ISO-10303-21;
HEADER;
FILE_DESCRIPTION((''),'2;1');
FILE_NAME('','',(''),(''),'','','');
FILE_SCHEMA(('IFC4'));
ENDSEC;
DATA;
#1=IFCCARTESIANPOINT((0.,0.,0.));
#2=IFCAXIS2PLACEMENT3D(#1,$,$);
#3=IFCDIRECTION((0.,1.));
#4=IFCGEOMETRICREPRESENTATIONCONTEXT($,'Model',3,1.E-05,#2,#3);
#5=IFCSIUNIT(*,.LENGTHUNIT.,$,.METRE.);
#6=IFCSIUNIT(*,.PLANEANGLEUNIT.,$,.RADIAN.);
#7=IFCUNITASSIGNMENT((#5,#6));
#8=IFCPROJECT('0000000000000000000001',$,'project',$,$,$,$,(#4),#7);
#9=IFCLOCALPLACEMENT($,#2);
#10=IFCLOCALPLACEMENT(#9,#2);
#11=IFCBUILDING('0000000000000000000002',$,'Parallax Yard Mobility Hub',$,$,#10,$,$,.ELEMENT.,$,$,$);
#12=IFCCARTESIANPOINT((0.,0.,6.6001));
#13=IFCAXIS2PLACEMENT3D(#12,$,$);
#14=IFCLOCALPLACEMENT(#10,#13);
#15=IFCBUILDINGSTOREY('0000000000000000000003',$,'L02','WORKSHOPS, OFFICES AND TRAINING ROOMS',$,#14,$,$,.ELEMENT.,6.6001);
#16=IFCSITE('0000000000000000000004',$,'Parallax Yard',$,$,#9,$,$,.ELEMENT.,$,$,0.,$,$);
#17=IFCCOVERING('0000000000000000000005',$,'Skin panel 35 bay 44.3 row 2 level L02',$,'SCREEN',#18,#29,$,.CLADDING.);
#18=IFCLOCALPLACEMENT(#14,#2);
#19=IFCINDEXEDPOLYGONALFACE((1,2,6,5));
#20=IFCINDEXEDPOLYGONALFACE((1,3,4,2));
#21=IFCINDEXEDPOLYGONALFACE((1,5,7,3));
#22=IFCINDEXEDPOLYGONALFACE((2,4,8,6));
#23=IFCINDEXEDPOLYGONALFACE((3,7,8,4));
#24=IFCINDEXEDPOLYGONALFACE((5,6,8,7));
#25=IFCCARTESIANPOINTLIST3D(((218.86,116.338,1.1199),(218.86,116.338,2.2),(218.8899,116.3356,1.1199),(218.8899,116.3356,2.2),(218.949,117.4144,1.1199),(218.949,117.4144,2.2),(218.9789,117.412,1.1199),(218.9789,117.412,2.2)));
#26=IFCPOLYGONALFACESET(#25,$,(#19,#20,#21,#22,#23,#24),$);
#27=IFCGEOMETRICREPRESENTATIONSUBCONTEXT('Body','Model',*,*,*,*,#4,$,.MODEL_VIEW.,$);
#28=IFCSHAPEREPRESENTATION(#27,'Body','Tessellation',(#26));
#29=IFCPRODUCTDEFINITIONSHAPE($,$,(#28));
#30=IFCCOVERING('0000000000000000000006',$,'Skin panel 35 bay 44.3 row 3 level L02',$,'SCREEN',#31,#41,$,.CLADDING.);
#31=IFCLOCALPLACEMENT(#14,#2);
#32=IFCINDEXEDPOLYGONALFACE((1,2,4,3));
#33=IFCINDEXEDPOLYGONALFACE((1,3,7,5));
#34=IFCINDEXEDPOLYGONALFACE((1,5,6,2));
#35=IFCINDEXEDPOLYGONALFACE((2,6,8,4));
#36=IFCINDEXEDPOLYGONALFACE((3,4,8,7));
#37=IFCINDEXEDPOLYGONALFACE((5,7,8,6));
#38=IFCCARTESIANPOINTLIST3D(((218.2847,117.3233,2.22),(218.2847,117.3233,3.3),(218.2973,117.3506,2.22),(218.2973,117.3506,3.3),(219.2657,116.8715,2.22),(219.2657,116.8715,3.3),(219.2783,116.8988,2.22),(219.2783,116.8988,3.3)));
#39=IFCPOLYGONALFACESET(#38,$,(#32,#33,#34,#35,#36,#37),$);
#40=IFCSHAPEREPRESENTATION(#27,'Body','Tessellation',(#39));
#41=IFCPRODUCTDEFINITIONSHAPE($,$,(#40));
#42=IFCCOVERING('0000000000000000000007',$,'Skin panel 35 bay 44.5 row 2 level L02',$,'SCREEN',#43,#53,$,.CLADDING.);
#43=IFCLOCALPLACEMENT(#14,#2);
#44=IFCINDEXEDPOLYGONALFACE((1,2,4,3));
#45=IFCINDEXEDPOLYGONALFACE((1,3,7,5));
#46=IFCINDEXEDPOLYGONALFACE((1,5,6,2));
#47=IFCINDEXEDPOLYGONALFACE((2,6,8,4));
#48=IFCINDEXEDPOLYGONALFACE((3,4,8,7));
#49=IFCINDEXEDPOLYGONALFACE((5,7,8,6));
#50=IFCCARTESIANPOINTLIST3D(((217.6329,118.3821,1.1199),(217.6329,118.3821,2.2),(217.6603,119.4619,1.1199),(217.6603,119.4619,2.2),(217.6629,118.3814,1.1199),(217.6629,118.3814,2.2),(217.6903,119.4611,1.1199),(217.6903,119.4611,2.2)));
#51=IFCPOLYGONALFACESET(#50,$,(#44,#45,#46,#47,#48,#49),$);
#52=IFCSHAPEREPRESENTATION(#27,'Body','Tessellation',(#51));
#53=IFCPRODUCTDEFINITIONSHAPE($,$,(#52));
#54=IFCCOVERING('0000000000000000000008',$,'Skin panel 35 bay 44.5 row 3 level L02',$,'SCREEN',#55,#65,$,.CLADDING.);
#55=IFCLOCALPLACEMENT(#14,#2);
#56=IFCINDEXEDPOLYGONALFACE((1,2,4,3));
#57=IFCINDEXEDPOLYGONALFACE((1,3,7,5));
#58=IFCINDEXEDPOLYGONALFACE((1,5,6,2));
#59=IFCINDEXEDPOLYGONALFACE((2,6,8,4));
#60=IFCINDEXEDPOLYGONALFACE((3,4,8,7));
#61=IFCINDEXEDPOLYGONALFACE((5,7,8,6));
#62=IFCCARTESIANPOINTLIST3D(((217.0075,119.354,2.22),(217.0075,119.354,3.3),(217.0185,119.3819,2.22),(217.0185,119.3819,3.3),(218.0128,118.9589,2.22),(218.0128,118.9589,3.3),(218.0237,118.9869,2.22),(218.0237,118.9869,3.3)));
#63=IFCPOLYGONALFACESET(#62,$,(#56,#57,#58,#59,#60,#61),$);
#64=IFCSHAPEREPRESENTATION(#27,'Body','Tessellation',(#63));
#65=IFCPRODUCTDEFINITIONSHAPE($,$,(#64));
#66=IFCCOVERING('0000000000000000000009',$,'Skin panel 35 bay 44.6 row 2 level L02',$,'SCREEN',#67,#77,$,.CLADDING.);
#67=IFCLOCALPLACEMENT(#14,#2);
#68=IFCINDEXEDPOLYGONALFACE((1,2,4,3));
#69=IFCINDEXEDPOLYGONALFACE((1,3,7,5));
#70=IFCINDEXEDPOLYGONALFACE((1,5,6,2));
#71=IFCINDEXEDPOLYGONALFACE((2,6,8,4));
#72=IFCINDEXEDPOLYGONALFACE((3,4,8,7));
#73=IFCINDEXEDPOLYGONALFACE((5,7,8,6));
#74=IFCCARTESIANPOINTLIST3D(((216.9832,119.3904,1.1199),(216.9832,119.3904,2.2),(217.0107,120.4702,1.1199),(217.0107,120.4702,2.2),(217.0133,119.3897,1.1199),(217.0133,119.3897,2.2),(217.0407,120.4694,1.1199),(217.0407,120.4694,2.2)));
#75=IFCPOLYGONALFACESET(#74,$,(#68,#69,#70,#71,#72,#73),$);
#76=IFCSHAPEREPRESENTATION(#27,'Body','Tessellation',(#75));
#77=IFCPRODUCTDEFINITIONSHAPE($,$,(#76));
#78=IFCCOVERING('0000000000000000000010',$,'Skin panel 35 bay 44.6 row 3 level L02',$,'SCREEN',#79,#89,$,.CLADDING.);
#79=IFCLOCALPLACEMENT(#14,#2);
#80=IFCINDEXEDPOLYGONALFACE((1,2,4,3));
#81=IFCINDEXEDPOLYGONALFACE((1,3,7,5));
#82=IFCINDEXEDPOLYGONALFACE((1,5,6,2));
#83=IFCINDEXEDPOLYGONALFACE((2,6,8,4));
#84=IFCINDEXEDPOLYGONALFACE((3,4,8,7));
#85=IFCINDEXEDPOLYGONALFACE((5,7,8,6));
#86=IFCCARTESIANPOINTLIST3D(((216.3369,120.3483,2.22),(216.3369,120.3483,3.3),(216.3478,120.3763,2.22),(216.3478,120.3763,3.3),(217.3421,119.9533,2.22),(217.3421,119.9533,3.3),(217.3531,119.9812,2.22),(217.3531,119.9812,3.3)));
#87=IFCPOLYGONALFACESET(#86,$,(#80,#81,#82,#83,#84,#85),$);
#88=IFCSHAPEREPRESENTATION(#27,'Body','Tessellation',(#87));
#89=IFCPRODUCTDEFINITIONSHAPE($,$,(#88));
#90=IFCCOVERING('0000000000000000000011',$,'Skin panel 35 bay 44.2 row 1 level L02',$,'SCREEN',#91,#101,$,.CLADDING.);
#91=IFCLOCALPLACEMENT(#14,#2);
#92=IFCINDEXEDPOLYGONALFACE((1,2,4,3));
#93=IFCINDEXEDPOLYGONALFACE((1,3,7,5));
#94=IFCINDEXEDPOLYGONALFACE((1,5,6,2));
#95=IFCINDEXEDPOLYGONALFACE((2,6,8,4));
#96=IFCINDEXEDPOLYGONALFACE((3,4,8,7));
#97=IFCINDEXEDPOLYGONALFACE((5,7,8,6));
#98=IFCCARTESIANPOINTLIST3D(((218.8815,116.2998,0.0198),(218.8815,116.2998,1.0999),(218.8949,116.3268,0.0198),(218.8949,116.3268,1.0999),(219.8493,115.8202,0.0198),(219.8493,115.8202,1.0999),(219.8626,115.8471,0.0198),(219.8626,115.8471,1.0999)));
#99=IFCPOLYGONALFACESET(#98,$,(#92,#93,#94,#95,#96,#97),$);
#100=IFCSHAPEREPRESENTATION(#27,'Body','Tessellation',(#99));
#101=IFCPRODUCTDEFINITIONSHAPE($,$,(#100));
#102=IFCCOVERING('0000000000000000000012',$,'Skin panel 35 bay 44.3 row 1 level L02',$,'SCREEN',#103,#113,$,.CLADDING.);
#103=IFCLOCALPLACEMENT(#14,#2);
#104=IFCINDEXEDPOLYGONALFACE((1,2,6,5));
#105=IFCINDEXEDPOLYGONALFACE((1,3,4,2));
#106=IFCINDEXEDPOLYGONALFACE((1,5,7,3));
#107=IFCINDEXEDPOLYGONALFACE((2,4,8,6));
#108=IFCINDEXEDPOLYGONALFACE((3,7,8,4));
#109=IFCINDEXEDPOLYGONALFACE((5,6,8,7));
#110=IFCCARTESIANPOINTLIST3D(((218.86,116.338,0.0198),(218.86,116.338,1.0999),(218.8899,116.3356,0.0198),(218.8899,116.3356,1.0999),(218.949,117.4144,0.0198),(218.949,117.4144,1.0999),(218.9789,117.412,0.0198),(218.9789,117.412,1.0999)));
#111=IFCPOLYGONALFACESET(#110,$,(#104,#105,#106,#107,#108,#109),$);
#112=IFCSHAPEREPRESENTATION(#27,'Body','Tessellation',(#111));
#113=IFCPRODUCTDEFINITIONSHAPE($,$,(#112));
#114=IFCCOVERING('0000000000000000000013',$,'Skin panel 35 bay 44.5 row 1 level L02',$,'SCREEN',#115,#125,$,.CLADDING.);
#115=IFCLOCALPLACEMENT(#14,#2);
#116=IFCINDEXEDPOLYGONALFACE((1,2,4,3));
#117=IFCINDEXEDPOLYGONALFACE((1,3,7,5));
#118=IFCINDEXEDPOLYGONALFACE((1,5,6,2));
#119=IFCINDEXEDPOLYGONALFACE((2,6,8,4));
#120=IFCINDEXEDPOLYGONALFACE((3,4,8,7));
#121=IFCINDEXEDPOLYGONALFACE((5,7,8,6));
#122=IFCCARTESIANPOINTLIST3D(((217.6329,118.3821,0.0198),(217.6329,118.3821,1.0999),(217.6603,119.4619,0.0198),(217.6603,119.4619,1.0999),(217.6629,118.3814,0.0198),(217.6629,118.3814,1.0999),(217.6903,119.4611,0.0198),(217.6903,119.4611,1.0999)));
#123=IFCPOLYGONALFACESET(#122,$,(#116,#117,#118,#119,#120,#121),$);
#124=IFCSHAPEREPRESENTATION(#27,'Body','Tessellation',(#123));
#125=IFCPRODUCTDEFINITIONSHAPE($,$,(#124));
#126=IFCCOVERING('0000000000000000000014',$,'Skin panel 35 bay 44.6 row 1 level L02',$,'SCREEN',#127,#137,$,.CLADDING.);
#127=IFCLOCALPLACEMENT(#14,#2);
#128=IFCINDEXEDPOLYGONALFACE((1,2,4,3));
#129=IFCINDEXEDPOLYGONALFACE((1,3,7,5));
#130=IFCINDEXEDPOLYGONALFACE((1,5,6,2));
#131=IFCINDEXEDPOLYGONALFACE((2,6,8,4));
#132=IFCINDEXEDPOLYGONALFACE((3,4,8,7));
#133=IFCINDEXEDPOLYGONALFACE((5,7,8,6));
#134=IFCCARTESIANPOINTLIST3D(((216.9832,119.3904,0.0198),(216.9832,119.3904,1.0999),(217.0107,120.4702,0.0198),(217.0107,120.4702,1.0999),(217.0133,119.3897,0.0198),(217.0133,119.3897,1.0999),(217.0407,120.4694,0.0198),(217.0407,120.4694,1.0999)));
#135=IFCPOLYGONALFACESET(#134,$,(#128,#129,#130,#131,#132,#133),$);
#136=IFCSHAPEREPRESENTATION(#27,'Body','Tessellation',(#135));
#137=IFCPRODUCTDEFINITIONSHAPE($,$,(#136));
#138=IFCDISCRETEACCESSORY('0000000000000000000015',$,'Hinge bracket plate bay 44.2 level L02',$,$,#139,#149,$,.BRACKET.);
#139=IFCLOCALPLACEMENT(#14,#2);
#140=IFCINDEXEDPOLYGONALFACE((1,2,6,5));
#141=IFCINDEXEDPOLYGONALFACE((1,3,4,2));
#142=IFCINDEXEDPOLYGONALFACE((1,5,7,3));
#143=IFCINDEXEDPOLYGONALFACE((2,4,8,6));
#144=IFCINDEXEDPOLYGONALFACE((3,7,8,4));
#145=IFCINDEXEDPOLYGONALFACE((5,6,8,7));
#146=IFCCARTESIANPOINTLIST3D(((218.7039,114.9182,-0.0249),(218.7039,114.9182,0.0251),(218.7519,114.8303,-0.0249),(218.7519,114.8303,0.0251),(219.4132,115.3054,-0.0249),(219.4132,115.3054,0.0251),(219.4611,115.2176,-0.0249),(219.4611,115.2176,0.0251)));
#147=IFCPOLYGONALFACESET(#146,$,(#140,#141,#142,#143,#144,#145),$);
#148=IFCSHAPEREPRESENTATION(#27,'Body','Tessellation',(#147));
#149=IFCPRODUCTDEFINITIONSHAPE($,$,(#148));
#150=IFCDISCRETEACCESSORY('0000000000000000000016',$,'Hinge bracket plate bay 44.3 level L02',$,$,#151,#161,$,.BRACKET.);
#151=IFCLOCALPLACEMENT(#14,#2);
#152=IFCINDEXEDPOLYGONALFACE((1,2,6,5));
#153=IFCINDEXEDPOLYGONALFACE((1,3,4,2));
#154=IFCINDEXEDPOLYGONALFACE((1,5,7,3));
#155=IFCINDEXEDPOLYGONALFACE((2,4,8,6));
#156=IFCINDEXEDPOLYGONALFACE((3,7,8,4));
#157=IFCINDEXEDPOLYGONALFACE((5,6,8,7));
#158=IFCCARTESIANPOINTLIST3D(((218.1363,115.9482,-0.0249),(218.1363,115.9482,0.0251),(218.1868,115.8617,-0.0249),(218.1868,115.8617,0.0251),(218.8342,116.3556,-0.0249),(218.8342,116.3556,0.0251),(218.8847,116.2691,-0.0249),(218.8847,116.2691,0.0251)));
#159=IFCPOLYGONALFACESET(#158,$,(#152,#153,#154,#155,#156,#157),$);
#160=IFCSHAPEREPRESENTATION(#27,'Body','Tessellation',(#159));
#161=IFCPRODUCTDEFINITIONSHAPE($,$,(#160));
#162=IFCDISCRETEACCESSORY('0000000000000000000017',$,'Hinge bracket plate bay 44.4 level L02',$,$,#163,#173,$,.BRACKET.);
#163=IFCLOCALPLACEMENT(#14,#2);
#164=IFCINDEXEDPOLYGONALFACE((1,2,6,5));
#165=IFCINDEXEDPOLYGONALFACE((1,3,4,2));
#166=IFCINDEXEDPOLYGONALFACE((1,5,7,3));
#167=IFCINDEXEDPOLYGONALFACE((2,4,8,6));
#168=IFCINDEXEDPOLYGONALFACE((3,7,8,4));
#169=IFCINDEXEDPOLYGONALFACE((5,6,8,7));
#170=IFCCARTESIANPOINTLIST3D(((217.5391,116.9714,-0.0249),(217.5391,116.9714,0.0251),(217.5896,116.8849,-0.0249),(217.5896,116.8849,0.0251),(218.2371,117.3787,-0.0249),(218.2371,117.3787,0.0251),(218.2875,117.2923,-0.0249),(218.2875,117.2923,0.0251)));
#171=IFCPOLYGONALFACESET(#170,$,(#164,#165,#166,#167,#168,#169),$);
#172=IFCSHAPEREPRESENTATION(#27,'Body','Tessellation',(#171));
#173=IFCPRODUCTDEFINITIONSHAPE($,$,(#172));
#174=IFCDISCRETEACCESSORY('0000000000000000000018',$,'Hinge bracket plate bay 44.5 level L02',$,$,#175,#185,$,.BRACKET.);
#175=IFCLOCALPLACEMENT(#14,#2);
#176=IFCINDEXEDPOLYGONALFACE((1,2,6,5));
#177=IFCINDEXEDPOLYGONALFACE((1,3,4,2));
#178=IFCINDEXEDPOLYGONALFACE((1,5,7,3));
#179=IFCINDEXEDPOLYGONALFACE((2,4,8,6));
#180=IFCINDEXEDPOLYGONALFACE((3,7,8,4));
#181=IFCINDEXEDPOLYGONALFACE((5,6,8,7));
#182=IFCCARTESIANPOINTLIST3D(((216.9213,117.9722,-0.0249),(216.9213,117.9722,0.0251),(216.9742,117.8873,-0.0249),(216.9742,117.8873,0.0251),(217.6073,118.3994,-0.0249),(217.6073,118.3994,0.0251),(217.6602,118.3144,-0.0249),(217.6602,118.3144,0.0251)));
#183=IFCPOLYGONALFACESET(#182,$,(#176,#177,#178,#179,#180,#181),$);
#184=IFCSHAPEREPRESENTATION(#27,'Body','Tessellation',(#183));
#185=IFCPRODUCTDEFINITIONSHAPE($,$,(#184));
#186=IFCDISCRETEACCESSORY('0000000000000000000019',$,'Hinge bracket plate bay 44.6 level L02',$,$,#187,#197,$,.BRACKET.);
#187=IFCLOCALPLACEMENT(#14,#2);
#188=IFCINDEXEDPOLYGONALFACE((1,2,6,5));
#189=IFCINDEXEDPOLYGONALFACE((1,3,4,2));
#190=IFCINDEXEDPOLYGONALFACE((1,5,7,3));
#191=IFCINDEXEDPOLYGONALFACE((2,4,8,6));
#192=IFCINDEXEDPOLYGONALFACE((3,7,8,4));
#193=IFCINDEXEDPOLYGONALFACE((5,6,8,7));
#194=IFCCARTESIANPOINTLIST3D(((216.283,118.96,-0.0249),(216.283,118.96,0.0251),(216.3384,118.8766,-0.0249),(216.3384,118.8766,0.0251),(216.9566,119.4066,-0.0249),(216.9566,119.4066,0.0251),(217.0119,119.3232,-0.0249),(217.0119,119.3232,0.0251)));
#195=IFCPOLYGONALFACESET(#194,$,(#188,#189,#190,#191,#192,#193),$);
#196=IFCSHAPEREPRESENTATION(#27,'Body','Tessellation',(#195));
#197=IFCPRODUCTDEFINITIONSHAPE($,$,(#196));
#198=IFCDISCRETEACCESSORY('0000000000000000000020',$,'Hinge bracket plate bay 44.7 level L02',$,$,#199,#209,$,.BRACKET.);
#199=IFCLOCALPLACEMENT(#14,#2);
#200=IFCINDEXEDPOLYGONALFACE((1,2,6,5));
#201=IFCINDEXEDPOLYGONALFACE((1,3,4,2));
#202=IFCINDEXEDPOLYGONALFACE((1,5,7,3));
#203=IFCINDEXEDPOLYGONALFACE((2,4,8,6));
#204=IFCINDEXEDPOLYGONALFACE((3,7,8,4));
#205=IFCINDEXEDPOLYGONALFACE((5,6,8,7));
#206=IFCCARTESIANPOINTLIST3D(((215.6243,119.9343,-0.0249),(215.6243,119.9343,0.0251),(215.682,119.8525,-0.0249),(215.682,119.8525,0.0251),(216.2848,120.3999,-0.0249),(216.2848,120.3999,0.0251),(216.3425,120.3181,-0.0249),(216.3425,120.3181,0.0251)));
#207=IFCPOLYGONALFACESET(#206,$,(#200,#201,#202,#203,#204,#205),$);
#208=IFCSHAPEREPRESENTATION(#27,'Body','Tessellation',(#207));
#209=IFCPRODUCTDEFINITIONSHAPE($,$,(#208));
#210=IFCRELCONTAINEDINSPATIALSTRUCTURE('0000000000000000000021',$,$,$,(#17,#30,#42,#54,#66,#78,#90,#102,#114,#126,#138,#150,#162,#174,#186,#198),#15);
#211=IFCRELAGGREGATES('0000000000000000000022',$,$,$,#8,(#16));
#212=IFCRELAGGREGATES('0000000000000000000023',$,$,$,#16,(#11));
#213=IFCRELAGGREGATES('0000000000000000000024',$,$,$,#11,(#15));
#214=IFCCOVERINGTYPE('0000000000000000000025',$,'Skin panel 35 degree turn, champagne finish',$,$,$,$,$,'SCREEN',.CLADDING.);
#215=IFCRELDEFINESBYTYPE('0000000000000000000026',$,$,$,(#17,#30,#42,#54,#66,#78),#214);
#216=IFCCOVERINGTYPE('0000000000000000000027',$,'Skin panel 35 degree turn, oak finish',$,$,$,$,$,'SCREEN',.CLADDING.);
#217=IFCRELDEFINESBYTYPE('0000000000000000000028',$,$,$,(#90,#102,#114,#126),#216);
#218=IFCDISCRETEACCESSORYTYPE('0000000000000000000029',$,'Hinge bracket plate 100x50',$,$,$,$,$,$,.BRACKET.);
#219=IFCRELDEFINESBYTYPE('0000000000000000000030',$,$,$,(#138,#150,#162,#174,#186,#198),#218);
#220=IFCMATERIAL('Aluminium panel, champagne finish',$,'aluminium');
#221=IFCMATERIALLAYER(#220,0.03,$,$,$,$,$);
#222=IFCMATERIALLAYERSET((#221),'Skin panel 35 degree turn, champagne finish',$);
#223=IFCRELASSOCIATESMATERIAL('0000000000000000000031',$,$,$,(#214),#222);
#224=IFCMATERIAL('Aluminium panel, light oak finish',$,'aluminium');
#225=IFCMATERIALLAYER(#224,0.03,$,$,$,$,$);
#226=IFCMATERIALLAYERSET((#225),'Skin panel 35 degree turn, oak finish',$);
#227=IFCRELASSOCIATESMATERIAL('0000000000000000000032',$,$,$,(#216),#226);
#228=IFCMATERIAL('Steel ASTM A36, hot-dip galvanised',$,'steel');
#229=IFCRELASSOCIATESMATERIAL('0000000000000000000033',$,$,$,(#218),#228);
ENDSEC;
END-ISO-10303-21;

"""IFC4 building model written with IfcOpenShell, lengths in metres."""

from ifc_helpers import new_model, si_unit, direction, frame, origin, origin_2d, place, context, subcontext, project, spatial, rectangle, extrude, material, layer, layer_set, type_object, element, save


model = new_model("IFC4")

# Units and contexts
model_context = context("Model", 3, precision=1e-05, world=origin(), true_north=direction((0.0, 1.0)))
body_context = subcontext(model_context, "Body", "Model", "MODEL_VIEW")
ifc_project = project(units=[si_unit("LENGTHUNIT", "METRE"), si_unit("PLANEANGLEUNIT", "RADIAN")], contexts=[model_context])

# Site, building, storey
site_placement = place(None, origin())
site = spatial("IfcSite", under=ifc_project, at=site_placement, Name="Parallax Yard", CompositionType="ELEMENT", RefElevation=0.0)
building_placement = place(site_placement, origin())
building = spatial("IfcBuilding", under=site, at=building_placement, Name="Parallax Yard Mobility Hub", CompositionType="ELEMENT")
storey_placement = place(building_placement, frame((0.0, 0.0, 6.6001)))
storey = spatial("IfcBuildingStorey", under=building, at=storey_placement, Name="L02", Description="WORKSHOPS, OFFICES AND TRAINING ROOMS", CompositionType="ELEMENT", Elevation=6.6001)

# Coverings
ifc_material_1 = material(Name="Aluminium panel, champagne finish", Category="aluminium")
ifc_material_2 = material(Name="Aluminium panel, light oak finish", Category="aluminium")
ifc_layer_1 = layer(ifc_material_1, 0.03)
ifc_layer_set_1 = layer_set([ifc_layer_1], Name="Skin panel 35 degree turn, champagne finish")
covering_type_1 = type_object("IfcCoveringType", Name="Skin panel 35 degree turn, champagne finish", ElementType="SCREEN", PredefinedType="CLADDING", material=ifc_layer_set_1)
for number, where, z_axis, x_axis, name in (
    (1, (218.9194, 116.875, 1.1199), (0.0, 0.0, 1.0), (0.082413, 0.996598, 0.0), "Skin panel 35 bay 44.3 row 2 level L02"),
    (2, (218.7815, 117.1111, 2.22), (0.0, 0.0, 1.0), (0.908309, -0.4183, 0.0), "Skin panel 35 bay 44.3 row 3 level L02"),
    (3, (217.6616, 118.9216, 1.1199), (0.0, 0.0, 1.0), (0.025383, 0.999678, 0.0), "Skin panel 35 bay 44.5 row 2 level L02"),
    (4, (217.5156, 119.1704, 2.22), (0.0, 0.0, 1.0), (0.930708, -0.365762, 0.0), "Skin panel 35 bay 44.5 row 3 level L02"),
    (5, (217.012, 119.9299, 1.1199), (0.0, 0.0, 1.0), (0.025383, 0.999678, 0.0), "Skin panel 35 bay 44.6 row 2 level L02"),
    (6, (216.845, 120.1648, 2.22), (0.0, 0.0, 1.0), (0.930708, -0.365762, 0.0), "Skin panel 35 bay 44.6 row 3 level L02"),
):
    element("IfcCovering", number, at=place(storey_placement, frame(where, z_axis=z_axis, x_axis=x_axis)), inside=storey, type_object=covering_type_1, Name=name, ObjectType="SCREEN", PredefinedType="CLADDING", context=body_context, shape_type="SweptSolid", body=[
        extrude(rectangle(XDim=1.0801, YDim=0.03, at=origin_2d()), origin(), (0.0, 0.0, 1.0), 1.0801),
    ])
ifc_layer_2 = layer(ifc_material_2, 0.03)
ifc_layer_set_2 = layer_set([ifc_layer_2], Name="Skin panel 35 degree turn, oak finish")
covering_type_2 = type_object("IfcCoveringType", Name="Skin panel 35 degree turn, oak finish", ElementType="SCREEN", PredefinedType="CLADDING", material=ifc_layer_set_2)
for number, where, z_axis, x_axis, name in (
    (7, (219.3721, 116.0735, 0.0198), (0.0, 0.0, 1.0), (0.895994, -0.444066, 0.0), "Skin panel 35 bay 44.2 row 1 level L02"),
    (8, (218.9194, 116.875, 0.0198), (0.0, 0.0, 1.0), (0.082413, 0.996598, 0.0), "Skin panel 35 bay 44.3 row 1 level L02"),
    (9, (217.6616, 118.9216, 0.0198), (0.0, 0.0, 1.0), (0.025383, 0.999678, 0.0), "Skin panel 35 bay 44.5 row 1 level L02"),
    (10, (217.012, 119.9299, 0.0198), (0.0, 0.0, 1.0), (0.025383, 0.999678, 0.0), "Skin panel 35 bay 44.6 row 1 level L02"),
):
    element("IfcCovering", number, at=place(storey_placement, frame(where, z_axis=z_axis, x_axis=x_axis)), inside=storey, type_object=covering_type_2, Name=name, ObjectType="SCREEN", PredefinedType="CLADDING", context=body_context, shape_type="SweptSolid", body=[
        extrude(rectangle(XDim=1.0801, YDim=0.03, at=origin_2d()), origin(), (0.0, 0.0, 1.0), 1.0801),
    ])

# Discrete accessories
ifc_material_3 = material(Name="Steel ASTM A36, hot-dip galvanised", Category="steel")
discrete_accessory_type_1 = type_object("IfcDiscreteAccessoryType", Name="Hinge bracket plate 100x50", PredefinedType="BRACKET", material=ifc_material_3)
for number, where, z_axis, x_axis, name in (
    (11, (219.0825, 115.0679, -0.0249), (0.0, 0.0, 1.0), (0.877679, 0.47925, 0.0), "Hinge bracket plate bay 44.2 level L02"),
    (12, (218.5105, 116.1086, -0.0249), (0.0, 0.0, 1.0), (0.863636, 0.504116, 0.0), "Hinge bracket plate bay 44.3 level L02"),
    (13, (217.9133, 117.1318, -0.0249), (0.0, 0.0, 1.0), (0.863636, 0.504116, 0.0), "Hinge bracket plate bay 44.4 level L02"),
    (14, (217.2908, 118.1433, -0.0249), (0.0, 0.0, 1.0), (0.848888, 0.528573, 0.0), "Hinge bracket plate bay 44.5 level L02"),
    (15, (216.6475, 119.1416, -0.0249), (0.0, 0.0, 1.0), (0.833447, 0.552599, 0.0), "Hinge bracket plate bay 44.6 level L02"),
    (16, (215.9834, 120.1262, -0.0249), (0.0, 0.0, 1.0), (0.817328, 0.576173, 0.0), "Hinge bracket plate bay 44.7 level L02"),
):
    element("IfcDiscreteAccessory", number, at=place(storey_placement, frame(where, z_axis=z_axis, x_axis=x_axis)), inside=storey, type_object=discrete_accessory_type_1, Name=name, PredefinedType="BRACKET", context=body_context, shape_type="SweptSolid", body=[
        extrude(rectangle(XDim=0.8081, YDim=0.1001, at=origin_2d()), origin(), (0.0, 0.0, 1.0), 0.05),
    ])

save(model, "model.ifc")
